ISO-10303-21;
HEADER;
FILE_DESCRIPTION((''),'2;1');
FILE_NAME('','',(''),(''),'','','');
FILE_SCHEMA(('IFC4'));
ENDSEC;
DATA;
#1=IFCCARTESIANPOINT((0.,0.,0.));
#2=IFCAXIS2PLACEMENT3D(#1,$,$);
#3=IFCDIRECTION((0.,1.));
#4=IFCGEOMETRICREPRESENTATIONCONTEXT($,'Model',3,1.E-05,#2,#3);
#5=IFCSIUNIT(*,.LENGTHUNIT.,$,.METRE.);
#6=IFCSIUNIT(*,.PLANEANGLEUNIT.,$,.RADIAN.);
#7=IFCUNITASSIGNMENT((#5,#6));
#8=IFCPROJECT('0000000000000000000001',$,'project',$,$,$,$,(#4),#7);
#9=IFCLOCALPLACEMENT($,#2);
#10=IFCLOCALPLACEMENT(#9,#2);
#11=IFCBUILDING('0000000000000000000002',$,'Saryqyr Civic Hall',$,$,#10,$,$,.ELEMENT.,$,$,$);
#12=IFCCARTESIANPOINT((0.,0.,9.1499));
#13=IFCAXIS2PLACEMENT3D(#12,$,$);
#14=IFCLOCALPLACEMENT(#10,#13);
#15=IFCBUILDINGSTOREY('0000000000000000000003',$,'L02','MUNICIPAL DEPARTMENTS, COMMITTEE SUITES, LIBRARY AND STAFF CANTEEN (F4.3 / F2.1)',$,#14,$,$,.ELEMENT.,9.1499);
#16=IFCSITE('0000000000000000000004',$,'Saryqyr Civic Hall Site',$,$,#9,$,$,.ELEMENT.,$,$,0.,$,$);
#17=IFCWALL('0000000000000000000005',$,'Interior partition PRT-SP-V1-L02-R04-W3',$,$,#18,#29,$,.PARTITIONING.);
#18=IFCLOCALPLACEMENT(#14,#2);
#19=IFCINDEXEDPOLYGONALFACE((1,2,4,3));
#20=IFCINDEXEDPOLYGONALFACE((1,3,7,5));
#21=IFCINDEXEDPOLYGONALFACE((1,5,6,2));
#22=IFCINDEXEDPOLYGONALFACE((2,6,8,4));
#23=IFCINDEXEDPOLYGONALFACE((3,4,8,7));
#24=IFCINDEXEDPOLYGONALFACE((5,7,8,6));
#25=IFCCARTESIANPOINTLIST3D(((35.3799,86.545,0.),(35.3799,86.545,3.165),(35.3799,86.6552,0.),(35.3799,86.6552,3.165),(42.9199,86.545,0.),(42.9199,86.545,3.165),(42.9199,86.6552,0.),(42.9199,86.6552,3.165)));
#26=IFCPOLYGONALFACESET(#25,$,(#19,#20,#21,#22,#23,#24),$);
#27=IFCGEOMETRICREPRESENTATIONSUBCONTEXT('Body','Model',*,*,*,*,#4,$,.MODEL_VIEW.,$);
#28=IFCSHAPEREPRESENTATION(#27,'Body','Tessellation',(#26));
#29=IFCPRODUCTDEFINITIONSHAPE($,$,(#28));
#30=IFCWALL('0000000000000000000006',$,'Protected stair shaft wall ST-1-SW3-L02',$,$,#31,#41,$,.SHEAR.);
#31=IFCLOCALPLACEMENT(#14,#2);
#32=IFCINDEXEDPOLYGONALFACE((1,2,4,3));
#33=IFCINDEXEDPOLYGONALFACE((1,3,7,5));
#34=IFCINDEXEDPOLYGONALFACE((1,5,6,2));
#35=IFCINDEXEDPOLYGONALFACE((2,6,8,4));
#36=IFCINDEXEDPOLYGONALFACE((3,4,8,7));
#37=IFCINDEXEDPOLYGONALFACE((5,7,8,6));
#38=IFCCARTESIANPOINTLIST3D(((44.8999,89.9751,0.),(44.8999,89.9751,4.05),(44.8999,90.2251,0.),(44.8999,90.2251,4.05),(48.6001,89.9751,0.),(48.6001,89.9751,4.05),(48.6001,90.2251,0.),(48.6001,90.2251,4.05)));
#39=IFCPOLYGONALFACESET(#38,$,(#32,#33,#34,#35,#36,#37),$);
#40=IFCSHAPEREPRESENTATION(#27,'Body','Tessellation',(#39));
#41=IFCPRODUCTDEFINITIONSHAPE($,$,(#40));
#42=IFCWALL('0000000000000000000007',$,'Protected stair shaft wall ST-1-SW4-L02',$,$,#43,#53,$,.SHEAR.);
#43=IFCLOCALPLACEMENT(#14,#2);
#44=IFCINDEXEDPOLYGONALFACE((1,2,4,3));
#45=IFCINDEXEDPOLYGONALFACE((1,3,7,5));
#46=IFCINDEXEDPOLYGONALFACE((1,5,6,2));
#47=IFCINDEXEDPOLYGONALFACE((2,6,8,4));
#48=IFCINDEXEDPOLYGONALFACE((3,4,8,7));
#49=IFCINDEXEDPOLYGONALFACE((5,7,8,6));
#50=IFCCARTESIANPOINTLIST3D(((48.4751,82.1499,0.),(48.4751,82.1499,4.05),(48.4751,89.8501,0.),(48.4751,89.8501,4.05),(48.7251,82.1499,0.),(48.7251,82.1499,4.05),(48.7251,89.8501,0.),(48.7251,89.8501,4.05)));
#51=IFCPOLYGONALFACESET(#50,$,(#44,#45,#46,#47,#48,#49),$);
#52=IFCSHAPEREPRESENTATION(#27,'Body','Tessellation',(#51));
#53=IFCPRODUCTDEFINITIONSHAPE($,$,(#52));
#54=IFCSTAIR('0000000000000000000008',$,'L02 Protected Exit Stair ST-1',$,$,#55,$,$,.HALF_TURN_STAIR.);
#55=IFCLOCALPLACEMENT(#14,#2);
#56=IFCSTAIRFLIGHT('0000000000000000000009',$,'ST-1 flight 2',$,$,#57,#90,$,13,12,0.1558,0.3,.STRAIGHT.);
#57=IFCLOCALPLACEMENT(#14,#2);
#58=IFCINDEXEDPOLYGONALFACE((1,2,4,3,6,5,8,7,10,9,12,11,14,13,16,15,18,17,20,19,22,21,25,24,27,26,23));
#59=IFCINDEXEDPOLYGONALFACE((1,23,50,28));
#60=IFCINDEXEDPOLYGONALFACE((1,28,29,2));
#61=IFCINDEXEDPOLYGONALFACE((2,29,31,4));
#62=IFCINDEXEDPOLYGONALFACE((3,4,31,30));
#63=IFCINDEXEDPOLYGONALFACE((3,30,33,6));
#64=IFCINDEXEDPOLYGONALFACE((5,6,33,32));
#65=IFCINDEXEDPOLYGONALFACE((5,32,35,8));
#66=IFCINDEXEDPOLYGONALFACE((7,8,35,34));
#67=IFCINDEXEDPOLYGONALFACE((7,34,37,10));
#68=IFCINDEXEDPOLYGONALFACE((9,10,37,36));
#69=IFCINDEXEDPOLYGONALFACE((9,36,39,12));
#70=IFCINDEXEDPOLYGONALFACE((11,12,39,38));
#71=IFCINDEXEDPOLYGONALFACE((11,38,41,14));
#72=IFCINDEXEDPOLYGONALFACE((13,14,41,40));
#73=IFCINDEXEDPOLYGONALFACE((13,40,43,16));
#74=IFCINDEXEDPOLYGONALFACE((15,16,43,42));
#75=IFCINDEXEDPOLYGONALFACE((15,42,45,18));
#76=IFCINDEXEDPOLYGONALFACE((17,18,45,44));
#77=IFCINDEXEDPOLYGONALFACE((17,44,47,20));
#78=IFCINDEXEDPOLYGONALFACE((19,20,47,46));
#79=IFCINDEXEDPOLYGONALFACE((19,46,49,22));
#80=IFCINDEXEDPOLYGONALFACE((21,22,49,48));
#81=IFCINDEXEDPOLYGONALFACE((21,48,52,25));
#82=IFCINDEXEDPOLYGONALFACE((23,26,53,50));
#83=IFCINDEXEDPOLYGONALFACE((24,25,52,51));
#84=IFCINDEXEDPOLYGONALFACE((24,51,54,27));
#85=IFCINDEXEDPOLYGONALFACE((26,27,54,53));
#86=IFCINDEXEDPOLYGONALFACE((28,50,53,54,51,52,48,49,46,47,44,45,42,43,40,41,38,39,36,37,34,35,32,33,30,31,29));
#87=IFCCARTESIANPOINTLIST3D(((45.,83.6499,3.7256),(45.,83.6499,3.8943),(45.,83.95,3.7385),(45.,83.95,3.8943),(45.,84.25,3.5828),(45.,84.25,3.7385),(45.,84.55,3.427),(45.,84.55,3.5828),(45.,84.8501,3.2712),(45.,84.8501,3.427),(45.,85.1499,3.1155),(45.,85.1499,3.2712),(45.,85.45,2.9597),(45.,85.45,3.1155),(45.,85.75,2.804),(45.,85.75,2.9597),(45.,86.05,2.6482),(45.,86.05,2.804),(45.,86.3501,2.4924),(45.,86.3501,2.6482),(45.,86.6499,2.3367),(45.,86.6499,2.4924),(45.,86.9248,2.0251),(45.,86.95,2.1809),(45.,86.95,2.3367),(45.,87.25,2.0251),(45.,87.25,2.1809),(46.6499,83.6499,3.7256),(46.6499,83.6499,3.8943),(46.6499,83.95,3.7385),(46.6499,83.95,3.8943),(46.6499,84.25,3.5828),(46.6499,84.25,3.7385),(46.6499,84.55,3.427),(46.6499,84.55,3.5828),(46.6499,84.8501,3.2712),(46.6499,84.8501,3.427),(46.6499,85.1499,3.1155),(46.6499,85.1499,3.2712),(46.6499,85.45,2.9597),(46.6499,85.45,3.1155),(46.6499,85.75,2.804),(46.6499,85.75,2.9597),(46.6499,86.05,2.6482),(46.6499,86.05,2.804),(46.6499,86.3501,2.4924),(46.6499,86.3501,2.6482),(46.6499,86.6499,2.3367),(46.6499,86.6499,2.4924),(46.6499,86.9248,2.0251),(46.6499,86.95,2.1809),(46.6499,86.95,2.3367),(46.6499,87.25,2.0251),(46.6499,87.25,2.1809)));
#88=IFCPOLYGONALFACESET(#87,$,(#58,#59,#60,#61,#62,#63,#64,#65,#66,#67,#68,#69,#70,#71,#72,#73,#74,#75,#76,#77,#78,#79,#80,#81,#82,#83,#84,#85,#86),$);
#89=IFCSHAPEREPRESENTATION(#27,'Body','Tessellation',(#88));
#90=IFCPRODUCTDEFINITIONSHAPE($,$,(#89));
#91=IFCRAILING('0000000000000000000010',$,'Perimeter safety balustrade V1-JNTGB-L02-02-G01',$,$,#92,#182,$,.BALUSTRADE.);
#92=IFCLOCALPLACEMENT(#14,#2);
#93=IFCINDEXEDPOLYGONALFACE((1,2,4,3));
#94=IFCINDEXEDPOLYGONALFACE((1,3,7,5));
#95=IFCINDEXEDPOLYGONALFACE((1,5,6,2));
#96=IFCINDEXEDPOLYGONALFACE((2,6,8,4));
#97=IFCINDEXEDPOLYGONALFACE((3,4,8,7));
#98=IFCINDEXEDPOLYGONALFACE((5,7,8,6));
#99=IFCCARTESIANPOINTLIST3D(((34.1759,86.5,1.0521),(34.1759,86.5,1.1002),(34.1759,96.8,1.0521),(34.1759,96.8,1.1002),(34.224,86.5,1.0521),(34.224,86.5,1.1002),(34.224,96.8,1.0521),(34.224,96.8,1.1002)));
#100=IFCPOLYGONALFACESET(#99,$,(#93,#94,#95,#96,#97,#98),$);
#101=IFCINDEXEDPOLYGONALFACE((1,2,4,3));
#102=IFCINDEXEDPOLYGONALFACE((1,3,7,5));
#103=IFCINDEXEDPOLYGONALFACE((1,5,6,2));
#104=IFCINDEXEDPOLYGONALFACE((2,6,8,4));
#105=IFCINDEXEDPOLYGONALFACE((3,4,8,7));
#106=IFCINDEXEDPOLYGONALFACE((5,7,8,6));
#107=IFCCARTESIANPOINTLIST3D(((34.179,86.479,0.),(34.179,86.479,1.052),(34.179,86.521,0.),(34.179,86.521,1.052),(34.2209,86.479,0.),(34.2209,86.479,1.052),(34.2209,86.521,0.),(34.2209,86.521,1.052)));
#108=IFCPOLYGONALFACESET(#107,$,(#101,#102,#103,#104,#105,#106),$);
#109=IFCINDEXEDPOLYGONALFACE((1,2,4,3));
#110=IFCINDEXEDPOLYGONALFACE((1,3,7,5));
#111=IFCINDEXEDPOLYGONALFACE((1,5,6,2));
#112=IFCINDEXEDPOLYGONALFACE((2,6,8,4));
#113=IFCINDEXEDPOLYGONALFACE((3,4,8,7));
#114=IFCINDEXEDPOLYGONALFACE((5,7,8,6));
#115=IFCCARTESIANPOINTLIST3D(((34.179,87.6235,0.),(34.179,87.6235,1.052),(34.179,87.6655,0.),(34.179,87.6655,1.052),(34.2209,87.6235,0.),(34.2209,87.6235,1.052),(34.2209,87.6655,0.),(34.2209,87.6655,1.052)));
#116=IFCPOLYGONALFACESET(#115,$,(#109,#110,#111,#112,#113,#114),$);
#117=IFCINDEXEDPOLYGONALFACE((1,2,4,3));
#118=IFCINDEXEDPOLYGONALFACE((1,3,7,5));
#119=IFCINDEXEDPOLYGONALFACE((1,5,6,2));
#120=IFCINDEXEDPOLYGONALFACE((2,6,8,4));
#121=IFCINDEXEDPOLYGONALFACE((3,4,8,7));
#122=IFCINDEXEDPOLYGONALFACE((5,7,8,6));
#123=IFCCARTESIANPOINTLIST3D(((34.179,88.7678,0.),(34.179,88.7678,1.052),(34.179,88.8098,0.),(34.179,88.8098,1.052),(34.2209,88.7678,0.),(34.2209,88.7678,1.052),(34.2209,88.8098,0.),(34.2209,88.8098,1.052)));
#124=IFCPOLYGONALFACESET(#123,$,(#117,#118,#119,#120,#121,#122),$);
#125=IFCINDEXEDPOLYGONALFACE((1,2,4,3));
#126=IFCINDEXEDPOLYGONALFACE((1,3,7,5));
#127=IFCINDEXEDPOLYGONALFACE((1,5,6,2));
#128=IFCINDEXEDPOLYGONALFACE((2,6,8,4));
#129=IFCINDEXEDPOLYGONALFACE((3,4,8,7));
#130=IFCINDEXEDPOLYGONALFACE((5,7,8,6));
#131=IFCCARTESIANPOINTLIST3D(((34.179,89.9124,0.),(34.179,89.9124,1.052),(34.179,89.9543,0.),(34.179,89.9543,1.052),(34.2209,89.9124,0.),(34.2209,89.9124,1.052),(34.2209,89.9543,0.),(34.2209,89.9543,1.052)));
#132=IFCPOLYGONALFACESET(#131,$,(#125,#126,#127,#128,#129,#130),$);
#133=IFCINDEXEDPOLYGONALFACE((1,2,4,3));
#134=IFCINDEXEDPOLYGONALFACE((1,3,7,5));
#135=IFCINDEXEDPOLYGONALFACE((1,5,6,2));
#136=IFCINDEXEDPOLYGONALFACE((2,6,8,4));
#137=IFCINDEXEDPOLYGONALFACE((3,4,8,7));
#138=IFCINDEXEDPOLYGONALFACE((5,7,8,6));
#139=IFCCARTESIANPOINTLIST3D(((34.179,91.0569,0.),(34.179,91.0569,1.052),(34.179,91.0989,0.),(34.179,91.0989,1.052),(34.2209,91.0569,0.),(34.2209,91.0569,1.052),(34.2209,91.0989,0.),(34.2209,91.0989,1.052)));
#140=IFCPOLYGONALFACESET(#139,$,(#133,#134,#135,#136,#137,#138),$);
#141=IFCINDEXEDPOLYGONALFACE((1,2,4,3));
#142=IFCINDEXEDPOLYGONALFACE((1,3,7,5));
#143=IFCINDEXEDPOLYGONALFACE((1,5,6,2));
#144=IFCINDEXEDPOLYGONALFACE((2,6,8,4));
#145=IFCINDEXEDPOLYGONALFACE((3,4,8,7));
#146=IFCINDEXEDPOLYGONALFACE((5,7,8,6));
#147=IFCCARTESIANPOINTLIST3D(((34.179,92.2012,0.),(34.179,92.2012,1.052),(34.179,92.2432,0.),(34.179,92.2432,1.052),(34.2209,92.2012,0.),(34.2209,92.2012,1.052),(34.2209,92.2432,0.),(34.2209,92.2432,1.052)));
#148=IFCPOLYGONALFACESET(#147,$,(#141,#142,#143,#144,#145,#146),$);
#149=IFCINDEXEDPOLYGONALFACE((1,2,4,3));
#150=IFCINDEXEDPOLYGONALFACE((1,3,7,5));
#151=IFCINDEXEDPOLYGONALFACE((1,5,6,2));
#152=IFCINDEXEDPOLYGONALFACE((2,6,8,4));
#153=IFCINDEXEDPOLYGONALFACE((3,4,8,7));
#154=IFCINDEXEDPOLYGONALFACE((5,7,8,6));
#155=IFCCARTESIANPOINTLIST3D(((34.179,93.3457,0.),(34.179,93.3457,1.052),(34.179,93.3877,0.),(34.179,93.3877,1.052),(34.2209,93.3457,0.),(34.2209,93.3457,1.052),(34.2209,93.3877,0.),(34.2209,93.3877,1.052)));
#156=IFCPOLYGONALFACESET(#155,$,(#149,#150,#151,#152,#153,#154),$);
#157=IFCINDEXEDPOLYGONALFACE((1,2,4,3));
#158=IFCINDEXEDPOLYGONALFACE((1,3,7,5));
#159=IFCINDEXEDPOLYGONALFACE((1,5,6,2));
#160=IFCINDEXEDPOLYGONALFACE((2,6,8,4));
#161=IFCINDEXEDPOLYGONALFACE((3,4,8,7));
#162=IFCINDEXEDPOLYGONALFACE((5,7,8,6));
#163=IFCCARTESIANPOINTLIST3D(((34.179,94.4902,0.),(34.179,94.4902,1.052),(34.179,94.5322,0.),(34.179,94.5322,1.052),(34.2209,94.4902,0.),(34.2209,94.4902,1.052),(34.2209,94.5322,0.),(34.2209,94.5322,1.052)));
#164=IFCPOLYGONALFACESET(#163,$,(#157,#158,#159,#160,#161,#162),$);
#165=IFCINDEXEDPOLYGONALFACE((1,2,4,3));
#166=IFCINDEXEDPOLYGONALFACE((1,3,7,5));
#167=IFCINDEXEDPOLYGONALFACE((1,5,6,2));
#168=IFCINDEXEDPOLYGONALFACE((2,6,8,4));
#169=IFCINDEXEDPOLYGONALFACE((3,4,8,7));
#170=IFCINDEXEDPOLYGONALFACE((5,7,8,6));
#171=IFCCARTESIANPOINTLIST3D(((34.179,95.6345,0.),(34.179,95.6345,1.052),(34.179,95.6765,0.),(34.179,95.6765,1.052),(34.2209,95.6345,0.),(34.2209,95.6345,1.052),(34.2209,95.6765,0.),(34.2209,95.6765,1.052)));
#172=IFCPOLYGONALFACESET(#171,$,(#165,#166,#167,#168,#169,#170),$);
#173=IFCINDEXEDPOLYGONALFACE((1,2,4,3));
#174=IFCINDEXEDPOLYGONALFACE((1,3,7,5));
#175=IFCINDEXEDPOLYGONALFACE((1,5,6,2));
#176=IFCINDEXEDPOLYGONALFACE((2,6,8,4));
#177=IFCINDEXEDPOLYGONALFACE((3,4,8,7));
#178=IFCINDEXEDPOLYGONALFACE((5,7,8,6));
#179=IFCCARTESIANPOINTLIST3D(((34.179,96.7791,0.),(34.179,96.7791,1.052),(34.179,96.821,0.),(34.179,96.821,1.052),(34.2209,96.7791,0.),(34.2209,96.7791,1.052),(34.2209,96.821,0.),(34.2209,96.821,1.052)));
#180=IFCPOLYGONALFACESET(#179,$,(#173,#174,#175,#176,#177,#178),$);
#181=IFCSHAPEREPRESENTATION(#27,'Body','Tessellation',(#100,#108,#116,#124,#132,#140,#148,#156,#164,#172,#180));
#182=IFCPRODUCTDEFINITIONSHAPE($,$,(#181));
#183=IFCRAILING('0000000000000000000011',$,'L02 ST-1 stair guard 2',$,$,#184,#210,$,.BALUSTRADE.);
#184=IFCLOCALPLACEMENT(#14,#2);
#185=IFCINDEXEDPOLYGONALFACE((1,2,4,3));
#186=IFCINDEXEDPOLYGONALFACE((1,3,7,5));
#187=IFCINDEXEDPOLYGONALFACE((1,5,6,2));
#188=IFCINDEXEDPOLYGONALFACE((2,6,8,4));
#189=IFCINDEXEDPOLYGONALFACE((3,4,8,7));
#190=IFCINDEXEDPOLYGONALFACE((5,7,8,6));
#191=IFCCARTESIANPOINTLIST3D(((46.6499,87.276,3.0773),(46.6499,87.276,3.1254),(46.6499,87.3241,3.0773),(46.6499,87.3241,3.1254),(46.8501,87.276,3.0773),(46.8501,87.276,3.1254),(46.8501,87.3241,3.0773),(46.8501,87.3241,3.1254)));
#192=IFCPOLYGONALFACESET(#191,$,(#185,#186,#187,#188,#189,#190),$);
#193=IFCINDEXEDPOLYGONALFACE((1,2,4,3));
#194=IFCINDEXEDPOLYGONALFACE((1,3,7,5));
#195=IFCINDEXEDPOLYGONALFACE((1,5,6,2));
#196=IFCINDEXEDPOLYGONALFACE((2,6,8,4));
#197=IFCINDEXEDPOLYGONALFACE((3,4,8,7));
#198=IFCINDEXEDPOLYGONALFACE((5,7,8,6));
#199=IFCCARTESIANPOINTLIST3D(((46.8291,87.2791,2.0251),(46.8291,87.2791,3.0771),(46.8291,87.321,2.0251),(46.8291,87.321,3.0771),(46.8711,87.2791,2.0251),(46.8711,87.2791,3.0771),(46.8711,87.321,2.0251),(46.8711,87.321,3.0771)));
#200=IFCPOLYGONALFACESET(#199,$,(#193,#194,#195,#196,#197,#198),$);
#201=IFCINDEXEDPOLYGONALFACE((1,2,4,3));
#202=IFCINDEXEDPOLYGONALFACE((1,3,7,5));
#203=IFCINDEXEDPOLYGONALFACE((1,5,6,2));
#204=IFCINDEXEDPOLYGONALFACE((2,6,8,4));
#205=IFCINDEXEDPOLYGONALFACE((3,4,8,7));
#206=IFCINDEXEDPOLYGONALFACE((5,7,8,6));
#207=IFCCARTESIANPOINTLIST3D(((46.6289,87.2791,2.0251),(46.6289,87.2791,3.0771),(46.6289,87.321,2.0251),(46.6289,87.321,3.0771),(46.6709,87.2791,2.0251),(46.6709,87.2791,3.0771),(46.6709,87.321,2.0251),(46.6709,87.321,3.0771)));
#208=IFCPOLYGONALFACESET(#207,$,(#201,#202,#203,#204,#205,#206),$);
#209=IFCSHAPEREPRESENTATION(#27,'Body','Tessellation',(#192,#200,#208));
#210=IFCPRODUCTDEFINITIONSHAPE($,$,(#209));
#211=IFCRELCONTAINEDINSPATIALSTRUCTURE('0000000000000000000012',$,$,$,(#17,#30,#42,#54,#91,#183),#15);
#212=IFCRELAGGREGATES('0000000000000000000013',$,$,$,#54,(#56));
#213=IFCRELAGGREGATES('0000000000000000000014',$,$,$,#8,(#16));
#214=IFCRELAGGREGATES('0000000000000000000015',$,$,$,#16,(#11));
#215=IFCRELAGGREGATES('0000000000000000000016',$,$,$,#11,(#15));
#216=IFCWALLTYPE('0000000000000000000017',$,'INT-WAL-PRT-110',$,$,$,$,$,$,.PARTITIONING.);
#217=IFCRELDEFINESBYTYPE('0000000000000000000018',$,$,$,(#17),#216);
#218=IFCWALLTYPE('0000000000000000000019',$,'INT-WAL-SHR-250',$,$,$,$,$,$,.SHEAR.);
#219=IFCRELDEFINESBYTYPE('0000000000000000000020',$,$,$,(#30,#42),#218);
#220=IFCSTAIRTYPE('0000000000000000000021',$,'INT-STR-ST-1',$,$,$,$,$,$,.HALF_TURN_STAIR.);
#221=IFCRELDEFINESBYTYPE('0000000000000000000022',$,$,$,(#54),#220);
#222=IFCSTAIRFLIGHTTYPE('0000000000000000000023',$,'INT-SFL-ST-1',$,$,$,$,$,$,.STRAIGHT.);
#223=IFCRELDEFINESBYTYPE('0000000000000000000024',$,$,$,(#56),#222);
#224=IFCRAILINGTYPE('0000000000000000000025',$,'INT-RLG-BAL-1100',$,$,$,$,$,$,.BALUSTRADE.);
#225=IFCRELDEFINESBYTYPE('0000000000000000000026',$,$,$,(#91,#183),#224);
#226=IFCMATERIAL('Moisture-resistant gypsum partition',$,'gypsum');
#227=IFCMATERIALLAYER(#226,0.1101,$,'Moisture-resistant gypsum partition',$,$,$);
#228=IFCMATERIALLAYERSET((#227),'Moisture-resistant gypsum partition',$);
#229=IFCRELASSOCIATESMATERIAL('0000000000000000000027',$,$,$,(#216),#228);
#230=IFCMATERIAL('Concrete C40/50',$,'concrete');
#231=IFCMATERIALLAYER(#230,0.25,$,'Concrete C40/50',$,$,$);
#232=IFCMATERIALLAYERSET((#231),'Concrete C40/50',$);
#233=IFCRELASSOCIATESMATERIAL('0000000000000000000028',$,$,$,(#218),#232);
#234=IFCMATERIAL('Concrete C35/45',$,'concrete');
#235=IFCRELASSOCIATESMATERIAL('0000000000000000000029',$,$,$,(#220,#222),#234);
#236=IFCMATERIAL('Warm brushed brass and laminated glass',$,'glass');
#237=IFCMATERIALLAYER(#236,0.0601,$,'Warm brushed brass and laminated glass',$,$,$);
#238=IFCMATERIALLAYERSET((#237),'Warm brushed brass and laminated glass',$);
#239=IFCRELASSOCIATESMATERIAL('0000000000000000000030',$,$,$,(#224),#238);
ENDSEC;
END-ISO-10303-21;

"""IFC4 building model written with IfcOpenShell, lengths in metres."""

from ifc_helpers import new_model, si_unit, direction, frame, frame_2d, origin, origin_2d, place, context, subcontext, project, spatial, polyline, rectangle, outline, extrude, material, layer, layer_set, type_object, element, aggregate, save


model = new_model("IFC4")

# Units and contexts
model_context = context("Model", 3, precision=1e-05, world=origin(), true_north=direction((0.0, 1.0)))
body_context = subcontext(model_context, "Body", "Model", "MODEL_VIEW")
ifc_project = project(units=[si_unit("LENGTHUNIT", "METRE"), si_unit("PLANEANGLEUNIT", "RADIAN")], contexts=[model_context])

# Site, building, storey
site_placement = place(None, origin())
site = spatial("IfcSite", under=ifc_project, at=site_placement, Name="Saryqyr Civic Hall Site", CompositionType="ELEMENT", RefElevation=0.0)
building_placement = place(site_placement, origin())
building = spatial("IfcBuilding", under=site, at=building_placement, Name="Saryqyr Civic Hall", CompositionType="ELEMENT")
storey_placement = place(building_placement, frame((0.0, 0.0, 9.1499)))
storey = spatial("IfcBuildingStorey", under=building, at=storey_placement, Name="L02", Description="MUNICIPAL DEPARTMENTS, COMMITTEE SUITES, LIBRARY AND STAFF CANTEEN (F4.3 / F2.1)", CompositionType="ELEMENT", Elevation=9.1499)

# Shared definitions
ifc_material_1 = material(Name="Concrete C40/50", Category="concrete")

# Shared definitions
ifc_material_2 = material(Name="Concrete C35/45", Category="concrete")

# Shared definitions
ifc_material_3 = material(Name="Moisture-resistant gypsum partition", Category="gypsum")
ifc_layer_1 = layer(ifc_material_3, 0.1101, Name="Moisture-resistant gypsum partition")
ifc_layer_set_1 = layer_set([ifc_layer_1], Name="Moisture-resistant gypsum partition")
wall_type_1 = type_object("IfcWallType", Name="INT-WAL-PRT-110", PredefinedType="PARTITIONING", material=ifc_layer_set_1)

# Walls
wall_1_placement = place(storey_placement, frame((42.9199, 86.6001, 0.0), z_axis=(0.0, 0.0, 1.0), x_axis=(-1.0, 0.0, 0.0)))
element("IfcWall", 1, at=wall_1_placement, inside=storey, type_object=wall_type_1, Name="Interior partition PRT-SP-V1-L02-R04-W3", PredefinedType="PARTITIONING", context=body_context, shape_type="SweptSolid", body=[
    extrude(rectangle(XDim=7.54, YDim=0.1101, at=frame_2d((3.77, 0.0))), origin(), (0.0, 0.0, 1.0), 3.165),
])
ifc_layer_2 = layer(ifc_material_1, 0.25, Name="Concrete C40/50")
ifc_layer_set_2 = layer_set([ifc_layer_2], Name="Concrete C40/50")
wall_type_2 = type_object("IfcWallType", Name="INT-WAL-SHR-250", PredefinedType="SHEAR", material=ifc_layer_set_2)
wall_2_placement = place(storey_placement, frame((44.8999, 90.1001, 0.0), z_axis=(0.0, 0.0, 1.0), x_axis=(1.0, 0.0, 0.0)))
element("IfcWall", 2, at=wall_2_placement, inside=storey, type_object=wall_type_2, Name="Protected stair shaft wall ST-1-SW3-L02", PredefinedType="SHEAR", context=body_context, shape_type="SweptSolid", body=[
    extrude(rectangle(XDim=3.7002, YDim=0.25, at=frame_2d((1.8501, 0.0))), origin(), (0.0, 0.0, 1.0), 4.05),
])
wall_3_placement = place(storey_placement, frame((48.6001, 89.8501, 0.0), z_axis=(0.0, 0.0, 1.0), x_axis=(0.0, -1.0, 0.0)))
element("IfcWall", 3, at=wall_3_placement, inside=storey, type_object=wall_type_2, Name="Protected stair shaft wall ST-1-SW4-L02", PredefinedType="SHEAR", context=body_context, shape_type="SweptSolid", body=[
    extrude(rectangle(XDim=7.7002, YDim=0.25, at=frame_2d((3.8501, 0.0))), origin(), (0.0, 0.0, 1.0), 4.05),
])

# Stair, stair flight
stair_type = type_object("IfcStairType", Name="INT-STR-ST-1", PredefinedType="HALF_TURN_STAIR", material=ifc_material_2)
stair_placement = place(storey_placement, origin())
stair = element("IfcStair", 4, at=stair_placement, inside=storey, type_object=stair_type, Name="L02 Protected Exit Stair ST-1", PredefinedType="HALF_TURN_STAIR")
stair_flight_type = type_object("IfcStairFlightType", Name="INT-SFL-ST-1", PredefinedType="STRAIGHT", material=ifc_material_2)
stair_flight_placement = place(storey_placement, frame((45.825, 87.25, 2.0251), z_axis=(0.0, 0.0, 1.0), x_axis=(0.0, -1.0, 0.0)))
stair_flight = element("IfcStairFlight", 5, at=stair_flight_placement, type_object=stair_flight_type, Name="ST-1 flight 2", NumberOfRisers=13, NumberOfTreads=12, PredefinedType="STRAIGHT", RiserHeight=0.1558, TreadLength=0.3, context=body_context, shape_type="SweptSolid", body=[
    extrude(outline(polyline([(0.0, 0.0), (0.0, 0.1558), (0.3, 0.1558), (0.3, 0.3115), (0.6001, 0.3115), (0.6001, 0.4673), (0.8999, 0.4673), (0.8999, 0.623), (1.2, 0.623), (1.2, 0.7788), (1.5, 0.7788), (1.5, 0.9346), (1.8, 0.9346), (1.8, 1.0903), (2.1001, 1.0903), (2.1001, 1.2461), (2.3999, 1.2461), (2.3999, 1.4019), (2.7, 1.4019), (2.7, 1.5576), (3.0, 1.5576), (3.0, 1.7134), (3.3, 1.7134), (3.3, 1.8691), (3.6001, 1.8691), (3.6001, 2.0249), (3.6001, 1.7004), (0.3252, 0.0), (0.0, 0.0)])), frame((0.0, 0.825, 0.0), z_axis=(0.0, -1.0, 0.0), x_axis=(1.0, 0.0, 0.0)), (0.0, 0.0, 1.0), 1.6499),
])
aggregate(stair, [stair_flight])

# Railings
ifc_material_4 = material(Name="Warm brushed brass and laminated glass", Category="glass")
ifc_layer_3 = layer(ifc_material_4, 0.0601, Name="Warm brushed brass and laminated glass")
ifc_layer_set_3 = layer_set([ifc_layer_3], Name="Warm brushed brass and laminated glass")
railing_type_1 = type_object("IfcRailingType", Name="INT-RLG-BAL-1100", PredefinedType="BALUSTRADE", material=ifc_layer_set_3)
railing_1_placement = place(storey_placement, frame((34.2, 86.5, 0.0)))
element("IfcRailing", 6, at=railing_1_placement, inside=storey, type_object=railing_type_1, Name="Perimeter safety balustrade V1-JNTGB-L02-02-G01", PredefinedType="BALUSTRADE", context=body_context, shape_type="SweptSolid", body=[
    extrude(rectangle(XDim=0.0481, YDim=0.0481, at=origin_2d()), frame((0.0, 0.0, 1.0762), z_axis=(0.0, 1.0, 0.0), x_axis=(-1.0, 0.0, 0.0)), (0.0, 0.0, 1.0), 10.3),
    extrude(rectangle(XDim=0.042, YDim=0.042, at=origin_2d()), origin(), (0.0, 0.0, 1.0), 1.052),
    extrude(rectangle(XDim=0.042, YDim=0.042, at=origin_2d()), frame((0.0, 1.1445, 0.0)), (0.0, 0.0, 1.0), 1.052),
    extrude(rectangle(XDim=0.042, YDim=0.042, at=origin_2d()), frame((0.0, 2.2888, 0.0)), (0.0, 0.0, 1.0), 1.052),
    extrude(rectangle(XDim=0.042, YDim=0.042, at=origin_2d()), frame((0.0, 3.4333, 0.0)), (0.0, 0.0, 1.0), 1.052),
    extrude(rectangle(XDim=0.042, YDim=0.042, at=origin_2d()), frame((0.0, 4.5779, 0.0)), (0.0, 0.0, 1.0), 1.052),
    extrude(rectangle(XDim=0.042, YDim=0.042, at=origin_2d()), frame((0.0, 5.7222, 0.0)), (0.0, 0.0, 1.0), 1.052),
    extrude(rectangle(XDim=0.042, YDim=0.042, at=origin_2d()), frame((0.0, 6.8667, 0.0)), (0.0, 0.0, 1.0), 1.052),
    extrude(rectangle(XDim=0.042, YDim=0.042, at=origin_2d()), frame((0.0, 8.0112, 0.0)), (0.0, 0.0, 1.0), 1.052),
    extrude(rectangle(XDim=0.042, YDim=0.042, at=origin_2d()), frame((0.0, 9.1555, 0.0)), (0.0, 0.0, 1.0), 1.052),
    extrude(rectangle(XDim=0.042, YDim=0.042, at=origin_2d()), frame((0.0, 10.3, 0.0)), (0.0, 0.0, 1.0), 1.052),
])
railing_2_placement = place(storey_placement, frame((46.8501, 87.3, 2.0251)))
element("IfcRailing", 7, at=railing_2_placement, inside=storey, type_object=railing_type_1, Name="L02 ST-1 stair guard 2", PredefinedType="BALUSTRADE", context=body_context, shape_type="SweptSolid", body=[
    extrude(rectangle(XDim=0.0481, YDim=0.0481, at=origin_2d()), frame((0.0, 0.0, 1.0762), z_axis=(-1.0, 0.0, 0.0), x_axis=(0.0, -1.0, 0.0)), (0.0, 0.0, 1.0), 0.2002),
    extrude(rectangle(XDim=0.042, YDim=0.042, at=origin_2d()), origin(), (0.0, 0.0, 1.0), 1.052),
    extrude(rectangle(XDim=0.042, YDim=0.042, at=origin_2d()), frame((-0.2002, 0.0, 0.0)), (0.0, 0.0, 1.0), 1.052),
])

save(model, "model.ifc")
